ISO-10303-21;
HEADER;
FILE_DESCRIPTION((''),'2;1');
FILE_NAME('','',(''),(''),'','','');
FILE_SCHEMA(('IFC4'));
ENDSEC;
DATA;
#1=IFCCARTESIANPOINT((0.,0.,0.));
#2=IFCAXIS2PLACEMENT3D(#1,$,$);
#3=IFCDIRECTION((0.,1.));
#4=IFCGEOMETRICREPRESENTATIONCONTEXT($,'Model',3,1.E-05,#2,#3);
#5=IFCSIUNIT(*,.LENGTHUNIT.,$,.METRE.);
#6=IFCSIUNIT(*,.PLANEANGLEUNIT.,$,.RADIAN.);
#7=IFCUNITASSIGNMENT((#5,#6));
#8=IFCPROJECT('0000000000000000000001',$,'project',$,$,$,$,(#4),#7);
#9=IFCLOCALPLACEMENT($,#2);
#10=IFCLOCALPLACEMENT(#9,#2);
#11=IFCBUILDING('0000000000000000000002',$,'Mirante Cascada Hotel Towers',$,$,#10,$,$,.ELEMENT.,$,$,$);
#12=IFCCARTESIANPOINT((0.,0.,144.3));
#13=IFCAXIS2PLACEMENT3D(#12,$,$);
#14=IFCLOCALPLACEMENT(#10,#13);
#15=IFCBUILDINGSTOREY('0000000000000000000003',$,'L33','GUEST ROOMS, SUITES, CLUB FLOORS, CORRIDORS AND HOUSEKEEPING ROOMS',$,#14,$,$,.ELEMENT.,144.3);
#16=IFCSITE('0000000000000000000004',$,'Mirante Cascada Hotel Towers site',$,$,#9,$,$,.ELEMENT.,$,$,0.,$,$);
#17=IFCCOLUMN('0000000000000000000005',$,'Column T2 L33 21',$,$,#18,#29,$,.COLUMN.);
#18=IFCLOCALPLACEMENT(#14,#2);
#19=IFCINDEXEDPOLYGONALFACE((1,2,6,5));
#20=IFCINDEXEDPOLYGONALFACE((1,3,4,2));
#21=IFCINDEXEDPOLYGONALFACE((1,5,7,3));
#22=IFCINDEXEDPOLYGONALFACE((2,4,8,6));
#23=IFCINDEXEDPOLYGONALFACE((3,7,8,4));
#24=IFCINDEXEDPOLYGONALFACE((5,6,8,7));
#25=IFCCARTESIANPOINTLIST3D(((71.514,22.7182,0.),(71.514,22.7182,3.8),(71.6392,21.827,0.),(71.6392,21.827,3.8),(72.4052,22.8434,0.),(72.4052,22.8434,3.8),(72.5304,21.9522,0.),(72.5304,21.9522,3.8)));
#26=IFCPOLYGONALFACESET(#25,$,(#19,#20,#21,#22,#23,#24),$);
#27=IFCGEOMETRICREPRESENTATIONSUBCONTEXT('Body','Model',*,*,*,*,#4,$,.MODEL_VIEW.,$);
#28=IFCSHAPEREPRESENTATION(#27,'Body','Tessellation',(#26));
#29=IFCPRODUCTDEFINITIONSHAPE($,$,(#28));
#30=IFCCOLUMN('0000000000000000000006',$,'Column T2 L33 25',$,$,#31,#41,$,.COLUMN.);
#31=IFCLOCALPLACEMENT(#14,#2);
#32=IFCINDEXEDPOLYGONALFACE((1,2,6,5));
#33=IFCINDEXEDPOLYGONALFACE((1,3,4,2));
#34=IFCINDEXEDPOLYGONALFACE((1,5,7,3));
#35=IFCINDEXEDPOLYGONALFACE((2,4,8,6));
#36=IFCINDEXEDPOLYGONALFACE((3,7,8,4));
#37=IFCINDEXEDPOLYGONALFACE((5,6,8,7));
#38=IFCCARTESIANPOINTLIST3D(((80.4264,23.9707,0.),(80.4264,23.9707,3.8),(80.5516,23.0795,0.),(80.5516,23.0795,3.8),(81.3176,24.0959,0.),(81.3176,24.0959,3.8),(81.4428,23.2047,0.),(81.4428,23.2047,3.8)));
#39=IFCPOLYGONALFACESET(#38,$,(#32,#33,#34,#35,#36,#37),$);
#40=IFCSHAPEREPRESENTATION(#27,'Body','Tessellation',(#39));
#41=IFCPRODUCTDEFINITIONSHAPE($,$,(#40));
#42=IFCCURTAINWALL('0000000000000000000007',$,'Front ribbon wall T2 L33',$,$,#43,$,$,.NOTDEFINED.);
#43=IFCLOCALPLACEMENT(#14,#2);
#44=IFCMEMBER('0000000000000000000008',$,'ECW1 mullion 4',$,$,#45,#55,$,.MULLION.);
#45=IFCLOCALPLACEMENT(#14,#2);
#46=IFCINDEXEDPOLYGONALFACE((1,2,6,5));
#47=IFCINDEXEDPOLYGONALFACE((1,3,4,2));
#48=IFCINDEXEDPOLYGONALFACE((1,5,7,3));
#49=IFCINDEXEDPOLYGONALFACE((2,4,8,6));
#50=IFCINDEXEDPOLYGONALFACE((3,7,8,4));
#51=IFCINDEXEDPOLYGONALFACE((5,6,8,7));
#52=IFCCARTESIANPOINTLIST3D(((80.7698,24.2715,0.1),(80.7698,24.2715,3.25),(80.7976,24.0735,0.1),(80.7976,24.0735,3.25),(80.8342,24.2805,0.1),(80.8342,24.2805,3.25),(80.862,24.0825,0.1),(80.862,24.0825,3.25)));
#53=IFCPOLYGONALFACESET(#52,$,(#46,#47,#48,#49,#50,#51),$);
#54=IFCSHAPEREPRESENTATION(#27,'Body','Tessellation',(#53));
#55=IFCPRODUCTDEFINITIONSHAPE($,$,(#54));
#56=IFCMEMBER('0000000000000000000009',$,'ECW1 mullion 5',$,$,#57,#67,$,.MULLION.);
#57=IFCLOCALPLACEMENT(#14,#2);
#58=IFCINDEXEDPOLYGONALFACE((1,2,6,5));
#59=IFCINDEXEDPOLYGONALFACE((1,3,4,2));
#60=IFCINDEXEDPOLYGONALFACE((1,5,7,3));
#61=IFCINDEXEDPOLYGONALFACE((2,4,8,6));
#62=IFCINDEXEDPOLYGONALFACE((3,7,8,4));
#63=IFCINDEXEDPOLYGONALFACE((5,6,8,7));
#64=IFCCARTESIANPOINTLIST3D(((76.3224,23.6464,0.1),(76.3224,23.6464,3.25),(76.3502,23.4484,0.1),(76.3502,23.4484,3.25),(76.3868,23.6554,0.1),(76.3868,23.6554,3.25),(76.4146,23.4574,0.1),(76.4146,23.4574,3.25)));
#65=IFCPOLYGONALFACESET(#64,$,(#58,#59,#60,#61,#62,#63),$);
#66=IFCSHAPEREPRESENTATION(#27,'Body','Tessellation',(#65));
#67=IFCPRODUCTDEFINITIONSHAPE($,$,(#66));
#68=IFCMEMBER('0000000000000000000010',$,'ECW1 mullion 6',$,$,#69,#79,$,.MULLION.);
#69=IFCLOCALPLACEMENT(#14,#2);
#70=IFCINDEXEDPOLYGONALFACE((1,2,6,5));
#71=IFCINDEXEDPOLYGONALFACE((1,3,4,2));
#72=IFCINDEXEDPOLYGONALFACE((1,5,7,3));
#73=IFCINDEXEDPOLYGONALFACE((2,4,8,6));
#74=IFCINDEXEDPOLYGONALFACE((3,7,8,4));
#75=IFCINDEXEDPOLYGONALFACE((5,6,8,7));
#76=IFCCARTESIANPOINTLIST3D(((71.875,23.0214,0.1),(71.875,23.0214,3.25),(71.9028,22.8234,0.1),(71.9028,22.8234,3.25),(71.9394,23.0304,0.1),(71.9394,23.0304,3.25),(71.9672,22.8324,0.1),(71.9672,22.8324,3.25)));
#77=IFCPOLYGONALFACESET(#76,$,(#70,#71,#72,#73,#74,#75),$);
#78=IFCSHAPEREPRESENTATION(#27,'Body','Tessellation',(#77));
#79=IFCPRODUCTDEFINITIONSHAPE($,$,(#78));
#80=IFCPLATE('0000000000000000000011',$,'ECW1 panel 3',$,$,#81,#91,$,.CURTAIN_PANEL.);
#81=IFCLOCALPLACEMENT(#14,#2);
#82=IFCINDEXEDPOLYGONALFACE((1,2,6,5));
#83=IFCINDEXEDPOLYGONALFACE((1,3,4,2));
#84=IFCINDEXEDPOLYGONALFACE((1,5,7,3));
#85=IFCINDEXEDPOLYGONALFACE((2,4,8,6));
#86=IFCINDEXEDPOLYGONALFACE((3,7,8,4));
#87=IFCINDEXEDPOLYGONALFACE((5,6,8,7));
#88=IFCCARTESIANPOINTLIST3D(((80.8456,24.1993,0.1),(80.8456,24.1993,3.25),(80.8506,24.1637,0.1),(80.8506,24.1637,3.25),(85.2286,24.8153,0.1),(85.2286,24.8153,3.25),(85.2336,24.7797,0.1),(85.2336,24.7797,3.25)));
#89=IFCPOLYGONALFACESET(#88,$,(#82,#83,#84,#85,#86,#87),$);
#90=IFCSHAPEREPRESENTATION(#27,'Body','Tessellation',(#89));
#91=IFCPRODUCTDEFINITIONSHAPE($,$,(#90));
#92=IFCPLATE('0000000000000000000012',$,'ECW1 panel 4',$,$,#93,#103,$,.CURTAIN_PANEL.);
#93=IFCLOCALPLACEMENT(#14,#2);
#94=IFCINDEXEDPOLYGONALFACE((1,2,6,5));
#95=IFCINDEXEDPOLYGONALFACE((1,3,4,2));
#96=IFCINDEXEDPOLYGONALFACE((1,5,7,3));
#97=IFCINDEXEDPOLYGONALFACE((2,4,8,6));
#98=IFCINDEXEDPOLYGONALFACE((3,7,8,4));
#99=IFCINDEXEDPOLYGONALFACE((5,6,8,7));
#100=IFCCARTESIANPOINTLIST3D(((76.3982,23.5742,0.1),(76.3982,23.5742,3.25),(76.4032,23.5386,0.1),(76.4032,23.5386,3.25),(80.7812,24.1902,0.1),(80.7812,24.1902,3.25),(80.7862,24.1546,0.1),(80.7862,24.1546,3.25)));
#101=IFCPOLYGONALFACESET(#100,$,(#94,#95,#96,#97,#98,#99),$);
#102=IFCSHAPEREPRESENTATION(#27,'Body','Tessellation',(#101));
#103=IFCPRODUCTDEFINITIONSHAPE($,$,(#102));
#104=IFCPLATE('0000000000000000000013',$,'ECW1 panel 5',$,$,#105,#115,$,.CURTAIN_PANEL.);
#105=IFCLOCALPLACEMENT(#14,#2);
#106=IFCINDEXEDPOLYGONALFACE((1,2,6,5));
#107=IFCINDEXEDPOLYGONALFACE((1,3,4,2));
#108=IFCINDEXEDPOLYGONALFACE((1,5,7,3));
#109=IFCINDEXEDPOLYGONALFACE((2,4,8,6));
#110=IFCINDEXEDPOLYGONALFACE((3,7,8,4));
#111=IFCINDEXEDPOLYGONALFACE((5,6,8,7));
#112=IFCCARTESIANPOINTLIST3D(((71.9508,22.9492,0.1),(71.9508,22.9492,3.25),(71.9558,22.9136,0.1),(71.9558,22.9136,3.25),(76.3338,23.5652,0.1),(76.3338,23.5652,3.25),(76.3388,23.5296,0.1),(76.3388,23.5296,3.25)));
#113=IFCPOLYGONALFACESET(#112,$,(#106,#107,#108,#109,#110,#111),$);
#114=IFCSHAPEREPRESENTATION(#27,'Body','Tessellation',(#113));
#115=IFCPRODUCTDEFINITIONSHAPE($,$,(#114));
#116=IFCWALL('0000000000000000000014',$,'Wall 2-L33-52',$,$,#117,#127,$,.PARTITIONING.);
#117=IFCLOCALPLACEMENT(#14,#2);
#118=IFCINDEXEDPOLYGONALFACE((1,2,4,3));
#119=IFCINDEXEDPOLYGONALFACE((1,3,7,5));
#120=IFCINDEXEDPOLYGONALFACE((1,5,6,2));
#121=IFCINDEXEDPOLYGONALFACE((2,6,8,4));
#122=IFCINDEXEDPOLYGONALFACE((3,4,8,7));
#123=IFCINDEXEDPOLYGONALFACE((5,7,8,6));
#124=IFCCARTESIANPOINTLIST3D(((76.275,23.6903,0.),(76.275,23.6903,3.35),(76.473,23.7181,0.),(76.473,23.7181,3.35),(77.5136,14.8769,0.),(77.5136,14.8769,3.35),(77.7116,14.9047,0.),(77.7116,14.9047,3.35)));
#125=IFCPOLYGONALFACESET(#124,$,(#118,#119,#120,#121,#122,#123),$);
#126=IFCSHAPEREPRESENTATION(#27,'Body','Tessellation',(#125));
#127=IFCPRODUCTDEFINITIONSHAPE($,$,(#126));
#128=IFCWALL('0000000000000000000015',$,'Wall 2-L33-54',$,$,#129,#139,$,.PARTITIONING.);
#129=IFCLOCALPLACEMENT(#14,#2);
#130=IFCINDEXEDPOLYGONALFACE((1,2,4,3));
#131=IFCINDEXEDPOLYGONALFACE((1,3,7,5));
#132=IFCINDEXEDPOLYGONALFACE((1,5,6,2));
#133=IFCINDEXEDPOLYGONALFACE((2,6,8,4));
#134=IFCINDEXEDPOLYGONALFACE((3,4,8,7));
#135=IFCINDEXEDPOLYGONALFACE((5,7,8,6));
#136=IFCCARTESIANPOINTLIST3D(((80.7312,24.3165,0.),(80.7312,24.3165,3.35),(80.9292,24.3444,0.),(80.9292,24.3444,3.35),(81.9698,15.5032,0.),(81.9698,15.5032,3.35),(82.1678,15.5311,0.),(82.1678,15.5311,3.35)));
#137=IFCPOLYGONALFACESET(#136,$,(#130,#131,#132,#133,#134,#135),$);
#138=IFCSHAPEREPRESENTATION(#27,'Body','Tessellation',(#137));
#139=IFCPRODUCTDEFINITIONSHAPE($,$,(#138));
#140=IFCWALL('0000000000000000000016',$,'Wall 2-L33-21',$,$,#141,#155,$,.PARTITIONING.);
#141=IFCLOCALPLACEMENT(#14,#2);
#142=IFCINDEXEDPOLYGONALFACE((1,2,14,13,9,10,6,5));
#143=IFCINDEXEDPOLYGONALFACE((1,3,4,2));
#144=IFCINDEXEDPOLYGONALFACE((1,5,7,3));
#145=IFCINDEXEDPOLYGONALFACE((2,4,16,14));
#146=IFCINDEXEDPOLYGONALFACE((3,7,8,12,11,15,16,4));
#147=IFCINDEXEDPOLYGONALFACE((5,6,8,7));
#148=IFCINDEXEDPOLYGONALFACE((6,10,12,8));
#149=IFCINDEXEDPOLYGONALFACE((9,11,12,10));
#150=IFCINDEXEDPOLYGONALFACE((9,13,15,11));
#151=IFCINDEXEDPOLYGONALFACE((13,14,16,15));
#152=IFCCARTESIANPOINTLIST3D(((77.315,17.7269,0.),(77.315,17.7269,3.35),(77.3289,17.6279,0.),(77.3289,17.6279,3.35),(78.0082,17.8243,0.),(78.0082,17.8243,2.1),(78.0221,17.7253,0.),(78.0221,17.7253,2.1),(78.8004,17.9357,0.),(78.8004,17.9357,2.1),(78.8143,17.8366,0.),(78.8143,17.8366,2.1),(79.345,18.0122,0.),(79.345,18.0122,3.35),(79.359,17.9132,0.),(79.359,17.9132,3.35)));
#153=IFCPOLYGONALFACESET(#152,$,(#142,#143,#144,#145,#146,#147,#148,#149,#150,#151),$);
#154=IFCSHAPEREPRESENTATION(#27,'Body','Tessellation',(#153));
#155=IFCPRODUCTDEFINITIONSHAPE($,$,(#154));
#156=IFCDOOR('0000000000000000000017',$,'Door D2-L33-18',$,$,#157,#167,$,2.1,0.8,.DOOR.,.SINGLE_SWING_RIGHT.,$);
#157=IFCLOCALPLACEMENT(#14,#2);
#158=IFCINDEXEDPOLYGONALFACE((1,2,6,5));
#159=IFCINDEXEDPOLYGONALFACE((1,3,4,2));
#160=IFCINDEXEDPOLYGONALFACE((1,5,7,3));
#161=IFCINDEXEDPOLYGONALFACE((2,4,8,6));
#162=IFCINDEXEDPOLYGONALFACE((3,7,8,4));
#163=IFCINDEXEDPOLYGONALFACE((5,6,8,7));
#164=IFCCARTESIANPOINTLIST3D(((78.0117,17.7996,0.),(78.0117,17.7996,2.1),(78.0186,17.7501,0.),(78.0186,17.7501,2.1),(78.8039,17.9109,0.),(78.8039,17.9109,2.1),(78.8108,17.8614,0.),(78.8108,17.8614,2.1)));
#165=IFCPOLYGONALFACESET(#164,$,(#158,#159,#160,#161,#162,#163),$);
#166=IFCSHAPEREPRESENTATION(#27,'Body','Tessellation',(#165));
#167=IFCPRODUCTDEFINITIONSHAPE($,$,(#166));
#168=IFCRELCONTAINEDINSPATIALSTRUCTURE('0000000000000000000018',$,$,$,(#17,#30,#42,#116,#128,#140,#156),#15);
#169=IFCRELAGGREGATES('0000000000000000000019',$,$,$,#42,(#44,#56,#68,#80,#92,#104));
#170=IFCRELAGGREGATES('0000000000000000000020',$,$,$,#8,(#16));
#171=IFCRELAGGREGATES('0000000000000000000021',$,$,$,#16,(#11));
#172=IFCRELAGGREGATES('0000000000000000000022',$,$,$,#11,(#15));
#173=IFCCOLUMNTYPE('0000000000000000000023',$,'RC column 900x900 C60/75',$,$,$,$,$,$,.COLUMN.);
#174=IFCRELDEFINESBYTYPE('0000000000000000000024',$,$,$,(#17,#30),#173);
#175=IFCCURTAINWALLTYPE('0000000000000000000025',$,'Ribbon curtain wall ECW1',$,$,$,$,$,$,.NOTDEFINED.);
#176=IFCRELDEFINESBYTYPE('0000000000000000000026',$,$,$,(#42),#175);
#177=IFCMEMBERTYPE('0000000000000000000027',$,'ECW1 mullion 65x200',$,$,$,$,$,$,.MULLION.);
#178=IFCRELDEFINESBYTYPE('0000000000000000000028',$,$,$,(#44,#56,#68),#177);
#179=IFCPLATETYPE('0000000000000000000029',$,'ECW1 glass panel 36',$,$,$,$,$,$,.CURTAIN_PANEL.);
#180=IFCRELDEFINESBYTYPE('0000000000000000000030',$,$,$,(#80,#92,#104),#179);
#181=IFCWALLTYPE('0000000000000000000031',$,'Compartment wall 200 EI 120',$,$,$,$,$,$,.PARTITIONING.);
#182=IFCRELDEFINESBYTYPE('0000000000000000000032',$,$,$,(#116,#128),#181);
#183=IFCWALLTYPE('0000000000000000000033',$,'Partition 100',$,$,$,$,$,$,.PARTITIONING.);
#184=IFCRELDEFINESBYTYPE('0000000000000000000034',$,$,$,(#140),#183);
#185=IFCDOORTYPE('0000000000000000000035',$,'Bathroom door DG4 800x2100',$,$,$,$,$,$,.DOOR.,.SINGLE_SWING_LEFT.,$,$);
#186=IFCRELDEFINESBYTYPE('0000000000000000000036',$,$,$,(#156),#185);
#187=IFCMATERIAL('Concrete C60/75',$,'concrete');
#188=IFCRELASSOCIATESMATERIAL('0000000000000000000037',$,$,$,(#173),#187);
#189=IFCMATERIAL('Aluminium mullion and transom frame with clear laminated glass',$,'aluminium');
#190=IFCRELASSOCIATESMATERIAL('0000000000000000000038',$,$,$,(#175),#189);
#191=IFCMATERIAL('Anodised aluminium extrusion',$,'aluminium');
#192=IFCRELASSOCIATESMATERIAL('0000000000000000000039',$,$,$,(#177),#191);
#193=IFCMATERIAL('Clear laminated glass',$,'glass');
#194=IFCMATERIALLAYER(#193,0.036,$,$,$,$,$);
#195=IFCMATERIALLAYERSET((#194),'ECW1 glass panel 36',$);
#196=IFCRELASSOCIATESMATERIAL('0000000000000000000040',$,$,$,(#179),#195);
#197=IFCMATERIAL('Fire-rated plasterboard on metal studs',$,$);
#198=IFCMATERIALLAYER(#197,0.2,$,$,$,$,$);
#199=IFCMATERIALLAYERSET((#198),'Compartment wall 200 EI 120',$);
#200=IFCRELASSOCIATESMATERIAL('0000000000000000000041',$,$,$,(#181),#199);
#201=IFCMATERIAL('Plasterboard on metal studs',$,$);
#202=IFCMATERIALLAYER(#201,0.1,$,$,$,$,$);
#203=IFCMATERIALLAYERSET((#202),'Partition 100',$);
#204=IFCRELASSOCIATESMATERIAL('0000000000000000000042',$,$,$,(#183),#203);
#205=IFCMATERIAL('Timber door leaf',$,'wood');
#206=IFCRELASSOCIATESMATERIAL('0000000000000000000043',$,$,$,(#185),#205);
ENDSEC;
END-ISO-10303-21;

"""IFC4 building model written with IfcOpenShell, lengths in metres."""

from ifc_helpers import new_model, si_unit, direction, frame, frame_2d, origin, origin_2d, place, context, subcontext, project, spatial, rectangle, extrude, material, layer, layer_set, material_profile, profile_set, type_object, element, fill, aggregate, save


model = new_model("IFC4")

# Units and contexts
model_context = context("Model", 3, precision=1e-05, world=origin(), true_north=direction((0.0, 1.0)))
body_context = subcontext(model_context, "Body", "Model", "MODEL_VIEW")
ifc_project = project(units=[si_unit("LENGTHUNIT", "METRE"), si_unit("PLANEANGLEUNIT", "RADIAN")], contexts=[model_context])

# Site, building, storey
site_placement = place(None, origin())
site = spatial("IfcSite", under=ifc_project, at=site_placement, Name="Mirante Cascada Hotel Towers site", CompositionType="ELEMENT", RefElevation=0.0)
building_placement = place(site_placement, origin())
building = spatial("IfcBuilding", under=site, at=building_placement, Name="Mirante Cascada Hotel Towers", CompositionType="ELEMENT")
storey_placement = place(building_placement, frame((0.0, 0.0, 144.3)))
storey = spatial("IfcBuildingStorey", under=building, at=storey_placement, Name="L33", Description="GUEST ROOMS, SUITES, CLUB FLOORS, CORRIDORS AND HOUSEKEEPING ROOMS", CompositionType="ELEMENT", Elevation=144.3)

# Columns
ifc_material_1 = material(Name="Concrete C60/75", Category="concrete")
ifc_material_profile_1 = material_profile(ifc_material_1, rectangle(XDim=0.9, YDim=0.9, at=origin_2d()), Name="RC column 900x900 C60/75")
ifc_profile_set_1 = profile_set([ifc_material_profile_1], Name="Concrete C60/75")
column_type = type_object("IfcColumnType", Name="RC column 900x900 C60/75", PredefinedType="COLUMN", material=ifc_profile_set_1)
for number, where, z_axis, x_axis, name in (
    (1, (72.0222, 22.3352, 0.0), (0.0, 0.0, 1.0), (0.990268, 0.139173, 0.0), "Column T2 L33 21"),
    (2, (80.9346, 23.5877, 0.0), (0.0, 0.0, 1.0), (0.990268, 0.139173, 0.0), "Column T2 L33 25"),
):
    element("IfcColumn", number, at=place(storey_placement, frame(where, z_axis=z_axis, x_axis=x_axis)), inside=storey, type_object=column_type, Name=name, PredefinedType="COLUMN", context=body_context, shape_type="SweptSolid", body=[
        extrude(rectangle(XDim=0.9, YDim=0.9, at=origin_2d()), origin(), (0.0, 0.0, 1.0), 3.8),
    ])

# Curtain wall, members, plates
ifc_material_2 = material(Name="Aluminium mullion and transom frame with clear laminated glass", Category="aluminium")
curtain_wall_type = type_object("IfcCurtainWallType", Name="Ribbon curtain wall ECW1", PredefinedType="NOTDEFINED", material=ifc_material_2)
curtain_wall_placement = place(storey_placement, origin())
curtain_wall = element("IfcCurtainWall", 3, at=curtain_wall_placement, inside=storey, type_object=curtain_wall_type, Name="Front ribbon wall T2 L33", PredefinedType="NOTDEFINED")
ifc_material_3 = material(Name="Anodised aluminium extrusion", Category="aluminium")
ifc_material_profile_2 = material_profile(ifc_material_3, rectangle(XDim=0.2, YDim=0.065, at=origin_2d()), Name="ECW1 MULLION 65x200")
ifc_profile_set_2 = profile_set([ifc_material_profile_2], Name="Anodised aluminium extrusion")
member_type = type_object("IfcMemberType", Name="ECW1 mullion 65x200", PredefinedType="MULLION", material=ifc_profile_set_2)
member_1_placement = place(storey_placement, frame((80.8159, 24.177, 0.1), z_axis=(0.0, 0.0, 1.0), x_axis=(0.139173, -0.990268, 0.0)))
member_1 = element("IfcMember", 4, at=member_1_placement, type_object=member_type, Name="ECW1 mullion 4", PredefinedType="MULLION", context=body_context, shape_type="SweptSolid", body=[
    extrude(rectangle(XDim=0.2, YDim=0.065, at=origin_2d()), origin(), (0.0, 0.0, 1.0), 3.15),
])
member_2_placement = place(storey_placement, frame((76.3685, 23.5519, 0.1), z_axis=(0.0, 0.0, 1.0), x_axis=(0.139173, -0.990268, 0.0)))
member_2 = element("IfcMember", 5, at=member_2_placement, type_object=member_type, Name="ECW1 mullion 5", PredefinedType="MULLION", context=body_context, shape_type="SweptSolid", body=[
    extrude(rectangle(XDim=0.2, YDim=0.065, at=origin_2d()), origin(), (0.0, 0.0, 1.0), 3.15),
])
member_3_placement = place(storey_placement, frame((71.9211, 22.9269, 0.1), z_axis=(0.0, 0.0, 1.0), x_axis=(0.139173, -0.990268, 0.0)))
member_3 = element("IfcMember", 6, at=member_3_placement, type_object=member_type, Name="ECW1 mullion 6", PredefinedType="MULLION", context=body_context, shape_type="SweptSolid", body=[
    extrude(rectangle(XDim=0.2, YDim=0.065, at=origin_2d()), origin(), (0.0, 0.0, 1.0), 3.15),
])
ifc_material_4 = material(Name="Clear laminated glass", Category="glass")
ifc_layer_1 = layer(ifc_material_4, 0.036)
ifc_layer_set_1 = layer_set([ifc_layer_1], Name="ECW1 glass panel 36")
plate_type = type_object("IfcPlateType", Name="ECW1 glass panel 36", PredefinedType="CURTAIN_PANEL", material=ifc_layer_set_1)
plate_1_placement = place(storey_placement, frame((83.0396, 24.4895, 0.1), z_axis=(0.0, 0.0, 1.0), x_axis=(-0.990268, -0.139173, 0.0)))
plate_1 = element("IfcPlate", 7, at=plate_1_placement, type_object=plate_type, Name="ECW1 panel 3", PredefinedType="CURTAIN_PANEL", context=body_context, shape_type="SweptSolid", body=[
    extrude(rectangle(XDim=4.4261, YDim=0.036, at=origin_2d()), origin(), (0.0, 0.0, 1.0), 3.15),
])
plate_2_placement = place(storey_placement, frame((78.5922, 23.8644, 0.1), z_axis=(0.0, 0.0, 1.0), x_axis=(-0.990268, -0.139173, 0.0)))
plate_2 = element("IfcPlate", 8, at=plate_2_placement, type_object=plate_type, Name="ECW1 panel 4", PredefinedType="CURTAIN_PANEL", context=body_context, shape_type="SweptSolid", body=[
    extrude(rectangle(XDim=4.4261, YDim=0.036, at=origin_2d()), origin(), (0.0, 0.0, 1.0), 3.15),
])
plate_3_placement = place(storey_placement, frame((74.1448, 23.2394, 0.1), z_axis=(0.0, 0.0, 1.0), x_axis=(-0.990268, -0.139173, 0.0)))
plate_3 = element("IfcPlate", 9, at=plate_3_placement, type_object=plate_type, Name="ECW1 panel 5", PredefinedType="CURTAIN_PANEL", context=body_context, shape_type="SweptSolid", body=[
    extrude(rectangle(XDim=4.4261, YDim=0.036, at=origin_2d()), origin(), (0.0, 0.0, 1.0), 3.15),
])
aggregate(curtain_wall, [member_1, member_2, member_3, plate_1, plate_2, plate_3])

# Walls
ifc_material_5 = material(Name="Fire-rated plasterboard on metal studs")
ifc_layer_2 = layer(ifc_material_5, 0.2)
ifc_layer_set_2 = layer_set([ifc_layer_2], Name="Compartment wall 200 EI 120")
wall_type_1 = type_object("IfcWallType", Name="Compartment wall 200 EI 120", PredefinedType="PARTITIONING", material=ifc_layer_set_2)
wall_1_placement = place(storey_placement, frame((77.6126, 14.8908, 0.0), z_axis=(0.0, 0.0, 1.0), x_axis=(-0.139168, 0.990269, 0.0)))
element("IfcWall", 10, at=wall_1_placement, inside=storey, type_object=wall_type_1, Name="Wall 2-L33-52", PredefinedType="PARTITIONING", context=body_context, shape_type="SweptSolid", body=[
    extrude(rectangle(XDim=8.9, YDim=0.2, at=frame_2d((4.45, 0.0))), origin(), (0.0, 0.0, 1.0), 3.35),
])
wall_2_placement = place(storey_placement, frame((82.0688, 15.5171, 0.0), z_axis=(0.0, 0.0, 1.0), x_axis=(-0.13917, 0.990268, 0.0)))
element("IfcWall", 11, at=wall_2_placement, inside=storey, type_object=wall_type_1, Name="Wall 2-L33-54", PredefinedType="PARTITIONING", context=body_context, shape_type="SweptSolid", body=[
    extrude(rectangle(XDim=8.8999, YDim=0.2, at=frame_2d((4.45, 0.0))), origin(), (0.0, 0.0, 1.0), 3.35),
])

# Wall, opening, door
ifc_material_6 = material(Name="Plasterboard on metal studs")
ifc_layer_3 = layer(ifc_material_6, 0.1)
ifc_layer_set_3 = layer_set([ifc_layer_3], Name="Partition 100")
wall_type_2 = type_object("IfcWallType", Name="Partition 100", PredefinedType="PARTITIONING", material=ifc_layer_set_3)
wall_3_placement = place(storey_placement, frame((79.352, 17.9627, 0.0), z_axis=(0.0, 0.0, 1.0), x_axis=(-0.990268, -0.139174, 0.0)))
wall_3 = element("IfcWall", 12, at=wall_3_placement, inside=storey, type_object=wall_type_2, Name="Wall 2-L33-21", PredefinedType="PARTITIONING", context=body_context, shape_type="SweptSolid", body=[
    extrude(rectangle(XDim=2.05, YDim=0.1, at=frame_2d((1.025, 0.0))), origin(), (0.0, 0.0, 1.0), 3.35),
])
opening_1_placement = place(wall_3_placement, frame((0.55, 0.0, 0.0)))
opening_1 = element("IfcOpeningElement", 13, at=opening_1_placement, cuts=wall_3, PredefinedType="OPENING", context=body_context, shape_type="SweptSolid", body=[
    extrude(rectangle(XDim=0.8, YDim=2.1, at=frame_2d((0.4, 1.05))), frame((0.0, 0.05, 0.0), z_axis=(0.0, -1.0, 0.0), x_axis=(1.0, 0.0, 0.0)), (0.0, 0.0, 1.0), 0.1),
])
ifc_material_7 = material(Name="Timber door leaf", Category="wood")
door_type_1 = type_object("IfcDoorType", Name="Bathroom door DG4 800x2100", OperationType="SINGLE_SWING_LEFT", PredefinedType="DOOR", material=ifc_material_7)
door_1_placement = place(opening_1_placement, frame((0.8, 0.0, 0.0), z_axis=(0.0, 0.0, 1.0), x_axis=(-1.0, 0.0, 0.0)))
door_1 = element("IfcDoor", 14, at=door_1_placement, inside=storey, type_object=door_type_1, Name="Door D2-L33-18", OperationType="SINGLE_SWING_RIGHT", OverallHeight=2.1, OverallWidth=0.8, PredefinedType="DOOR", context=body_context, shape_type="SweptSolid", body=[
    extrude(rectangle(XDim=0.8, YDim=2.1, at=frame_2d((0.4, 1.05))), frame((0.0, 0.025, 0.0), z_axis=(0.0, -1.0, 0.0), x_axis=(1.0, 0.0, 0.0)), (0.0, 0.0, 1.0), 0.05),
])
fill(opening_1, door_1)

save(model, "model.ifc")
